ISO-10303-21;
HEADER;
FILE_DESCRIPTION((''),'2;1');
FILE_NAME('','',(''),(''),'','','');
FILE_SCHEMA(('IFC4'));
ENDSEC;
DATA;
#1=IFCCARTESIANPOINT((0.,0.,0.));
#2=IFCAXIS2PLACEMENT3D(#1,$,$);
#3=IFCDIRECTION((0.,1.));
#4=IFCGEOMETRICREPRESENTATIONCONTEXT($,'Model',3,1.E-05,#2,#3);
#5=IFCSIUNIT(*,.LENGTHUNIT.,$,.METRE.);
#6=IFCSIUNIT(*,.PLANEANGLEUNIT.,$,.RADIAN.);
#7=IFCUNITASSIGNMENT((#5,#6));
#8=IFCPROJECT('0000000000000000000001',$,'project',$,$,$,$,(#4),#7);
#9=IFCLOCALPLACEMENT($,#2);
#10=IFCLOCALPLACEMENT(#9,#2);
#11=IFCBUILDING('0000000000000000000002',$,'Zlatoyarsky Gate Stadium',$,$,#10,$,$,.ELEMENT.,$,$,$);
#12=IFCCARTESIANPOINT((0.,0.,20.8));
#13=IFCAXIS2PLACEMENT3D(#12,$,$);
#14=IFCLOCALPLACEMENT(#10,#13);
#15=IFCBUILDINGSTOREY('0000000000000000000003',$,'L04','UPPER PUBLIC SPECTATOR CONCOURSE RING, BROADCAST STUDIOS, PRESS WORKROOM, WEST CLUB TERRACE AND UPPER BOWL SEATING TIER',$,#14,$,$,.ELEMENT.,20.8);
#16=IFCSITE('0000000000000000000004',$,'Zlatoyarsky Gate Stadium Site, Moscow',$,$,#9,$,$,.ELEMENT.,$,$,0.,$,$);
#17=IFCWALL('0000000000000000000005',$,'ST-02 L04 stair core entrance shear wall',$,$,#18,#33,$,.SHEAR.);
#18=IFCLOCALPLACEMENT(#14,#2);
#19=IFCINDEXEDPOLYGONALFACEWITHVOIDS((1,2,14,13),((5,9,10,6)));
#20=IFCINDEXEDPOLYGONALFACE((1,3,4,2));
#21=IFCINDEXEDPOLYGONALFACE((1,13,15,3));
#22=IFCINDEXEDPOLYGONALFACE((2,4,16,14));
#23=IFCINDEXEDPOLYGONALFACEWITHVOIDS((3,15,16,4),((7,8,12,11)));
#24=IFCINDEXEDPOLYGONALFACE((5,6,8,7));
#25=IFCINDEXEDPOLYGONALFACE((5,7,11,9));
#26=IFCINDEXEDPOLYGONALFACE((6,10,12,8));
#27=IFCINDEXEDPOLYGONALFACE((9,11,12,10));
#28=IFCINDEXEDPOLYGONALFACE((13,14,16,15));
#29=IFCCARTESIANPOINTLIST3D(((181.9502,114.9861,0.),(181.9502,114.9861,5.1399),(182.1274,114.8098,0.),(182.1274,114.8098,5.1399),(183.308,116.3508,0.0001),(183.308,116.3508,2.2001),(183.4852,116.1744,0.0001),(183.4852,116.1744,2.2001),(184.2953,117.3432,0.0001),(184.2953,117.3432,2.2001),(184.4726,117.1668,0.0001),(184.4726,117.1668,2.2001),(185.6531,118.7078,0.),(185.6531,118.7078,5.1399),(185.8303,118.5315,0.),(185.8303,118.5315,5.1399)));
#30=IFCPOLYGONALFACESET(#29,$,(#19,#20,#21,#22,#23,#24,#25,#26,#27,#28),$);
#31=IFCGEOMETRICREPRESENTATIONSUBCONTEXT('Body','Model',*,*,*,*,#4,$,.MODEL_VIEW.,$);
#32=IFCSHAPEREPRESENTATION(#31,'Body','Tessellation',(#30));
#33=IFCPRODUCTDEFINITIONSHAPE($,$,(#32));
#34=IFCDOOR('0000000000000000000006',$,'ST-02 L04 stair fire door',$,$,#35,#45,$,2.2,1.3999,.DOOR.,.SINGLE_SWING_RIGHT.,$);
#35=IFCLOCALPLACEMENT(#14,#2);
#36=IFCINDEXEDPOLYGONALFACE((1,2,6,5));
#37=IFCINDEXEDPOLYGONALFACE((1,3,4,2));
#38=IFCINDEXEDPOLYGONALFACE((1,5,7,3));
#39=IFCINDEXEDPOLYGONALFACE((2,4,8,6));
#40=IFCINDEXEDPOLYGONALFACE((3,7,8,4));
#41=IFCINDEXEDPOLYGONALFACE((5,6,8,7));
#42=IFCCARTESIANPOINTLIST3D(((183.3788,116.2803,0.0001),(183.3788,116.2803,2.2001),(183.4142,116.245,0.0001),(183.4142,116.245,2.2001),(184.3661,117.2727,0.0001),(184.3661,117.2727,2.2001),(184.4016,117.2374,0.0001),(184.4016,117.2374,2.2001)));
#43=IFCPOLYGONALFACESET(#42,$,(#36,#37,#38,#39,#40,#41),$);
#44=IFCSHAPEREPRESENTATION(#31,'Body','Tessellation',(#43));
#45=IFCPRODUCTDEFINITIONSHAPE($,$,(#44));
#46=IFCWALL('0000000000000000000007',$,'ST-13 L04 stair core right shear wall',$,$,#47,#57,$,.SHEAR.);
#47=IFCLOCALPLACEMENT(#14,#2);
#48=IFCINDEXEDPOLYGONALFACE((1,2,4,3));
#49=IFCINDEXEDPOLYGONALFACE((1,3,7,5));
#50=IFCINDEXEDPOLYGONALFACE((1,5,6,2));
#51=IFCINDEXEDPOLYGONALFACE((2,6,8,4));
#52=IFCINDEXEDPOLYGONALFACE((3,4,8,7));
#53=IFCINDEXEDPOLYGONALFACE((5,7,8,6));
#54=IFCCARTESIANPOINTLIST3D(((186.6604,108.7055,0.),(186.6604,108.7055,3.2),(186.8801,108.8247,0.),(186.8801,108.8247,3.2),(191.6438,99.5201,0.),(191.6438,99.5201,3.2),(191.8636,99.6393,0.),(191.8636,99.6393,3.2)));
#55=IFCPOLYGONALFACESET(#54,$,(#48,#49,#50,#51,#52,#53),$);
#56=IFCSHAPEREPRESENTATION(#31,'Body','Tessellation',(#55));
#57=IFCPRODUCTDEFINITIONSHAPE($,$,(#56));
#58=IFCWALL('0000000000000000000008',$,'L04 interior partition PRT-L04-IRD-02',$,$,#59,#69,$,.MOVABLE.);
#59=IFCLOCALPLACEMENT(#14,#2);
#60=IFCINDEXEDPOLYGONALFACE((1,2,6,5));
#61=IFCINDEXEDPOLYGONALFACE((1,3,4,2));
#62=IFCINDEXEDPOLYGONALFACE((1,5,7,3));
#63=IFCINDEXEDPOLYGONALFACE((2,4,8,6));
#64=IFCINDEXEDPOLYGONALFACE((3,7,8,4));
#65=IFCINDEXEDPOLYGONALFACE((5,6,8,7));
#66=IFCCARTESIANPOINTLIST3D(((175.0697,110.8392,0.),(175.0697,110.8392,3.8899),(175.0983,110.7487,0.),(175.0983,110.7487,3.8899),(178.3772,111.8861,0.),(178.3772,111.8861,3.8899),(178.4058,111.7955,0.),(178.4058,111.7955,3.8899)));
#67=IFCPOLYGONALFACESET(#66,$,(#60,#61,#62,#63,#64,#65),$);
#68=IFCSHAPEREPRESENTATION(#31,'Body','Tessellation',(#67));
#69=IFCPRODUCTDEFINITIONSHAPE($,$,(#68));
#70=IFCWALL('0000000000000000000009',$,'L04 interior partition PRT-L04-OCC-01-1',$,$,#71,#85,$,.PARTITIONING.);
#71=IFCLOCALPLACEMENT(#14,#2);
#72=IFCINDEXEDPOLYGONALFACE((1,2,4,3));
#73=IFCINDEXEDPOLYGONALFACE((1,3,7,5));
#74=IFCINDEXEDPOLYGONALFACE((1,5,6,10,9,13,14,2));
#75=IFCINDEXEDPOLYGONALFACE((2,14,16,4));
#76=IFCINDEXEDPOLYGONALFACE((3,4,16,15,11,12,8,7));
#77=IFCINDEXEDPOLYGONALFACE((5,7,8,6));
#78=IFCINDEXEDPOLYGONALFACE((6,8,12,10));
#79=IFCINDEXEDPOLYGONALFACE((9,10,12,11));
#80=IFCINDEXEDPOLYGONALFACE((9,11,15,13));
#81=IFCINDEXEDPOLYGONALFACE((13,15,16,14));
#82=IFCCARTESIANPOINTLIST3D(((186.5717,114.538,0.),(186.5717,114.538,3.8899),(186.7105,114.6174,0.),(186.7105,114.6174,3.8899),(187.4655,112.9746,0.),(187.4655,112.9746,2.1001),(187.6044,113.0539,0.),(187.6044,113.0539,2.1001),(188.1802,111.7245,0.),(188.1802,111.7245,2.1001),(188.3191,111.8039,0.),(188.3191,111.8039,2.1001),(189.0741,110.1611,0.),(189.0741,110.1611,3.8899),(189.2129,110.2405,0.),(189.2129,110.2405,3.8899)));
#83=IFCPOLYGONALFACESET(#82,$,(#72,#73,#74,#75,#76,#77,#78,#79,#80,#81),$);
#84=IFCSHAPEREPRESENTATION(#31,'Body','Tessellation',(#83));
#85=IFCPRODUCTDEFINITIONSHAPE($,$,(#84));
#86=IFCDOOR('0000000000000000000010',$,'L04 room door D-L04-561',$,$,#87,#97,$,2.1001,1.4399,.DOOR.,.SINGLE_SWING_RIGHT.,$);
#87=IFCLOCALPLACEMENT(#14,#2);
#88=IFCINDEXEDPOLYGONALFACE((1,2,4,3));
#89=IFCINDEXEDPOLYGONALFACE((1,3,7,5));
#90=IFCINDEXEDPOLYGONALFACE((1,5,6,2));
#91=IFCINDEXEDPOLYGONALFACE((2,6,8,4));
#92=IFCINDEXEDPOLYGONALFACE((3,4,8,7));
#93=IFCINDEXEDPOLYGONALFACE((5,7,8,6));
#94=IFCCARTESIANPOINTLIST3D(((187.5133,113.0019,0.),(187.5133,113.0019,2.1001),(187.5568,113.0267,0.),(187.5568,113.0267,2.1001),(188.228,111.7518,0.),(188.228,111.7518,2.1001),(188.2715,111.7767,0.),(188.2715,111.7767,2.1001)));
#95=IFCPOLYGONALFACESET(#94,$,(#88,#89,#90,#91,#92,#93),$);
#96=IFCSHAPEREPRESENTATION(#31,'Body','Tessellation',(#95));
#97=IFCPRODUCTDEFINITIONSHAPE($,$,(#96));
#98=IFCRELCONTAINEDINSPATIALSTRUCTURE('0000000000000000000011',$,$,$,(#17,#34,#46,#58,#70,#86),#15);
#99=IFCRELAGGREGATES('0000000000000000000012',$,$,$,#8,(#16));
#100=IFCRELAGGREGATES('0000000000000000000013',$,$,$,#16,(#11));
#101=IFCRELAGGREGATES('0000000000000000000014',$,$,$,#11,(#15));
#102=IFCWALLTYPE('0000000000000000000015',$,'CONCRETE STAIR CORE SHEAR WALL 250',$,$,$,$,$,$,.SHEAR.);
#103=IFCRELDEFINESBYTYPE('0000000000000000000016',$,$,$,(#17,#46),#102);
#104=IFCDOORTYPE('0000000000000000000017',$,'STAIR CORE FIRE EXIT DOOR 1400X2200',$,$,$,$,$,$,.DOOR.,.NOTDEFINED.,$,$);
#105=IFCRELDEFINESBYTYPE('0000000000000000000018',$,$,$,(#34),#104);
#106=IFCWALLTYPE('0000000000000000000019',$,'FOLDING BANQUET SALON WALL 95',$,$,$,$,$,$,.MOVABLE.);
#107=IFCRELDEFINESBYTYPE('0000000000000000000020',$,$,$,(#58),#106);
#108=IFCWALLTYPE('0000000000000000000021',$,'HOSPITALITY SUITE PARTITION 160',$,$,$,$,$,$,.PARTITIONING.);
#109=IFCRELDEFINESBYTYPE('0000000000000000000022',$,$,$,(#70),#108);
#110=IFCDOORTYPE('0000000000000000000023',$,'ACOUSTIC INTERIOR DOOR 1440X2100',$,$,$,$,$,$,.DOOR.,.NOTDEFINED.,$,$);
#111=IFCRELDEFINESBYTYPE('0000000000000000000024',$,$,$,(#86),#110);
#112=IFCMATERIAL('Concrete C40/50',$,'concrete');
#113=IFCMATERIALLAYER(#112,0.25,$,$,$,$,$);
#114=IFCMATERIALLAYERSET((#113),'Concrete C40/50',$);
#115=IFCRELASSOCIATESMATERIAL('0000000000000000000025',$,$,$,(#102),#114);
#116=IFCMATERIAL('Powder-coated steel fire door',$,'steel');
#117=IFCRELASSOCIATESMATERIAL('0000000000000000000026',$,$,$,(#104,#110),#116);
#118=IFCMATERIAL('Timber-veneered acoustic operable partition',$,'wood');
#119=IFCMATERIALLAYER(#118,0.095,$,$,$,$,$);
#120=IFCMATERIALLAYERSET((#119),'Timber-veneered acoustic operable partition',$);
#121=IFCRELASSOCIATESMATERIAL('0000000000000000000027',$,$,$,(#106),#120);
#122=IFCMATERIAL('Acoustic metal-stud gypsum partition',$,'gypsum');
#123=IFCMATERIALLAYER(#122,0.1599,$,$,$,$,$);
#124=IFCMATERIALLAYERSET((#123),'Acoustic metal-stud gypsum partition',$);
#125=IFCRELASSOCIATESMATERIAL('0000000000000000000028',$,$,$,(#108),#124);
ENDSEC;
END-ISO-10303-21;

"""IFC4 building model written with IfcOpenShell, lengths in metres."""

from ifc_helpers import new_model, si_unit, direction, frame, frame_2d, origin, place, context, subcontext, project, spatial, rectangle, extrude, material, layer, layer_set, type_object, element, fill, save


model = new_model("IFC4")

# Units and contexts
model_context = context("Model", 3, precision=1e-05, world=origin(), true_north=direction((0.0, 1.0)))
body_context = subcontext(model_context, "Body", "Model", "MODEL_VIEW")
ifc_project = project(units=[si_unit("LENGTHUNIT", "METRE"), si_unit("PLANEANGLEUNIT", "RADIAN")], contexts=[model_context])

# Site, building, storey
site_placement = place(None, origin())
site = spatial("IfcSite", under=ifc_project, at=site_placement, Name="Zlatoyarsky Gate Stadium Site, Moscow", CompositionType="ELEMENT", RefElevation=0.0)
building_placement = place(site_placement, origin())
building = spatial("IfcBuilding", under=site, at=building_placement, Name="Zlatoyarsky Gate Stadium", CompositionType="ELEMENT")
storey_placement = place(building_placement, frame((0.0, 0.0, 20.8)))
storey = spatial("IfcBuildingStorey", under=building, at=storey_placement, Name="L04", Description="UPPER PUBLIC SPECTATOR CONCOURSE RING, BROADCAST STUDIOS, PRESS WORKROOM, WEST CLUB TERRACE AND UPPER BOWL SEATING TIER", CompositionType="ELEMENT", Elevation=20.8)

# Shared definitions
ifc_material_1 = material(Name="Concrete C40/50", Category="concrete")

# Shared definitions
ifc_material_2 = material(Name="Powder-coated steel fire door", Category="steel")

# Wall, opening, door
ifc_layer_1 = layer(ifc_material_1, 0.25)
ifc_layer_set_1 = layer_set([ifc_layer_1], Name="Concrete C40/50")
wall_type_1 = type_object("IfcWallType", Name="CONCRETE STAIR CORE SHEAR WALL 250", PredefinedType="SHEAR", material=ifc_layer_set_1)
wall_1_placement = place(storey_placement, frame((182.0388, 114.8979, 0.0), z_axis=(0.0, 0.0, 1.0), x_axis=(0.705314, 0.708895, 0.0)))
wall_1 = element("IfcWall", 1, at=wall_1_placement, inside=storey, type_object=wall_type_1, Name="ST-02 L04 stair core entrance shear wall", PredefinedType="SHEAR", context=body_context, shape_type="SweptSolid", body=[
    extrude(rectangle(XDim=5.25, YDim=0.25, at=frame_2d((2.625, 0.0))), origin(), (0.0, 0.0, 1.0), 5.1399),
])
opening_1_placement = place(wall_1_placement, frame((1.925, 0.0, 0.0)))
opening_1 = element("IfcOpeningElement", 2, at=opening_1_placement, cuts=wall_1, PredefinedType="OPENING", context=body_context, shape_type="SweptSolid", body=[
    extrude(rectangle(XDim=1.3999, YDim=2.2, at=frame_2d((0.7, 1.1001))), frame((0.0, 0.135, 0.0), z_axis=(0.0, -1.0, 0.0), x_axis=(1.0, 0.0, 0.0)), (0.0, 0.0, 1.0), 0.27),
])
door_type_1 = type_object("IfcDoorType", Name="STAIR CORE FIRE EXIT DOOR 1400X2200", OperationType="NOTDEFINED", PredefinedType="DOOR", material=ifc_material_2)
door_1_placement = place(opening_1_placement, frame((1.3999, 0.0, 0.0), z_axis=(0.0, 0.0, 1.0), x_axis=(-1.0, 0.0, 0.0)))
door_1 = element("IfcDoor", 3, at=door_1_placement, inside=storey, type_object=door_type_1, Name="ST-02 L04 stair fire door", OperationType="SINGLE_SWING_RIGHT", OverallHeight=2.2, OverallWidth=1.3999, PredefinedType="DOOR", context=body_context, shape_type="SweptSolid", body=[
    extrude(rectangle(XDim=1.3999, YDim=2.2, at=frame_2d((0.7, 1.1001))), frame((0.0, 0.0249, 0.0), z_axis=(0.0, -1.0, 0.0), x_axis=(1.0, 0.0, 0.0)), (0.0, 0.0, 1.0), 0.05),
])
fill(opening_1, door_1)

# Walls
wall_2_placement = place(storey_placement, frame((186.7703, 108.7651, 0.0), z_axis=(0.0, 0.0, 1.0), x_axis=(0.476877, -0.87897, 0.0)))
element("IfcWall", 4, at=wall_2_placement, inside=storey, type_object=wall_type_1, Name="ST-13 L04 stair core right shear wall", PredefinedType="SHEAR", context=body_context, shape_type="SweptSolid", body=[
    extrude(rectangle(XDim=10.4502, YDim=0.25, at=frame_2d((5.2251, 0.0))), origin(), (0.0, 0.0, 1.0), 3.2),
])
ifc_material_3 = material(Name="Timber-veneered acoustic operable partition", Category="wood")
ifc_layer_2 = layer(ifc_material_3, 0.095)
ifc_layer_set_2 = layer_set([ifc_layer_2], Name="Timber-veneered acoustic operable partition")
wall_type_2 = type_object("IfcWallType", Name="FOLDING BANQUET SALON WALL 95", PredefinedType="MOVABLE", material=ifc_layer_set_2)
wall_3_placement = place(storey_placement, frame((175.084, 110.7939, 0.0), z_axis=(0.0, 0.0, 1.0), x_axis=(0.953387, 0.301751, 0.0)))
element("IfcWall", 5, at=wall_3_placement, inside=storey, type_object=wall_type_2, Name="L04 interior partition PRT-L04-IRD-02", PredefinedType="MOVABLE", context=body_context, shape_type="SweptSolid", body=[
    extrude(rectangle(XDim=3.4692, YDim=0.095, at=frame_2d((1.7346, 0.0))), origin(), (0.0, 0.0, 1.0), 3.8899),
])

# Wall, opening, door
ifc_material_4 = material(Name="Acoustic metal-stud gypsum partition", Category="gypsum")
ifc_layer_3 = layer(ifc_material_4, 0.1599)
ifc_layer_set_3 = layer_set([ifc_layer_3], Name="Acoustic metal-stud gypsum partition")
wall_type_3 = type_object("IfcWallType", Name="HOSPITALITY SUITE PARTITION 160", PredefinedType="PARTITIONING", material=ifc_layer_set_3)
wall_4_placement = place(storey_placement, frame((189.1436, 110.2007, 0.0), z_axis=(0.0, 0.0, 1.0), x_axis=(-0.496337, 0.86813, 0.0)))
wall_4 = element("IfcWall", 6, at=wall_4_placement, inside=storey, type_object=wall_type_3, Name="L04 interior partition PRT-L04-OCC-01-1", PredefinedType="PARTITIONING", context=body_context, shape_type="SweptSolid", body=[
    extrude(rectangle(XDim=5.0417, YDim=0.1599, at=frame_2d((2.521, 0.0))), origin(), (0.0, 0.0, 1.0), 3.8899),
])
opening_2_placement = place(wall_4_placement, frame((1.801, 0.0, 0.0)))
opening_2 = element("IfcOpeningElement", 7, at=opening_2_placement, cuts=wall_4, PredefinedType="OPENING", context=body_context, shape_type="SweptSolid", body=[
    extrude(rectangle(XDim=1.4399, YDim=2.1001, at=frame_2d((0.72, 1.05))), frame((0.0, 0.0898, 0.0), z_axis=(0.0, -1.0, 0.0), x_axis=(1.0, 0.0, 0.0)), (0.0, 0.0, 1.0), 0.1799),
])
door_type_2 = type_object("IfcDoorType", Name="ACOUSTIC INTERIOR DOOR 1440X2100", OperationType="NOTDEFINED", PredefinedType="DOOR", material=ifc_material_2)
door_2_placement = place(opening_2_placement, origin())
door_2 = element("IfcDoor", 8, at=door_2_placement, inside=storey, type_object=door_type_2, Name="L04 room door D-L04-561", OperationType="SINGLE_SWING_RIGHT", OverallHeight=2.1001, OverallWidth=1.4399, PredefinedType="DOOR", context=body_context, shape_type="SweptSolid", body=[
    extrude(rectangle(XDim=1.4399, YDim=2.1001, at=frame_2d((0.72, 1.05))), frame((0.0, 0.0249, 0.0), z_axis=(0.0, -1.0, 0.0), x_axis=(1.0, 0.0, 0.0)), (0.0, 0.0, 1.0), 0.05),
])
fill(opening_2, door_2)

save(model, "model.ifc")
